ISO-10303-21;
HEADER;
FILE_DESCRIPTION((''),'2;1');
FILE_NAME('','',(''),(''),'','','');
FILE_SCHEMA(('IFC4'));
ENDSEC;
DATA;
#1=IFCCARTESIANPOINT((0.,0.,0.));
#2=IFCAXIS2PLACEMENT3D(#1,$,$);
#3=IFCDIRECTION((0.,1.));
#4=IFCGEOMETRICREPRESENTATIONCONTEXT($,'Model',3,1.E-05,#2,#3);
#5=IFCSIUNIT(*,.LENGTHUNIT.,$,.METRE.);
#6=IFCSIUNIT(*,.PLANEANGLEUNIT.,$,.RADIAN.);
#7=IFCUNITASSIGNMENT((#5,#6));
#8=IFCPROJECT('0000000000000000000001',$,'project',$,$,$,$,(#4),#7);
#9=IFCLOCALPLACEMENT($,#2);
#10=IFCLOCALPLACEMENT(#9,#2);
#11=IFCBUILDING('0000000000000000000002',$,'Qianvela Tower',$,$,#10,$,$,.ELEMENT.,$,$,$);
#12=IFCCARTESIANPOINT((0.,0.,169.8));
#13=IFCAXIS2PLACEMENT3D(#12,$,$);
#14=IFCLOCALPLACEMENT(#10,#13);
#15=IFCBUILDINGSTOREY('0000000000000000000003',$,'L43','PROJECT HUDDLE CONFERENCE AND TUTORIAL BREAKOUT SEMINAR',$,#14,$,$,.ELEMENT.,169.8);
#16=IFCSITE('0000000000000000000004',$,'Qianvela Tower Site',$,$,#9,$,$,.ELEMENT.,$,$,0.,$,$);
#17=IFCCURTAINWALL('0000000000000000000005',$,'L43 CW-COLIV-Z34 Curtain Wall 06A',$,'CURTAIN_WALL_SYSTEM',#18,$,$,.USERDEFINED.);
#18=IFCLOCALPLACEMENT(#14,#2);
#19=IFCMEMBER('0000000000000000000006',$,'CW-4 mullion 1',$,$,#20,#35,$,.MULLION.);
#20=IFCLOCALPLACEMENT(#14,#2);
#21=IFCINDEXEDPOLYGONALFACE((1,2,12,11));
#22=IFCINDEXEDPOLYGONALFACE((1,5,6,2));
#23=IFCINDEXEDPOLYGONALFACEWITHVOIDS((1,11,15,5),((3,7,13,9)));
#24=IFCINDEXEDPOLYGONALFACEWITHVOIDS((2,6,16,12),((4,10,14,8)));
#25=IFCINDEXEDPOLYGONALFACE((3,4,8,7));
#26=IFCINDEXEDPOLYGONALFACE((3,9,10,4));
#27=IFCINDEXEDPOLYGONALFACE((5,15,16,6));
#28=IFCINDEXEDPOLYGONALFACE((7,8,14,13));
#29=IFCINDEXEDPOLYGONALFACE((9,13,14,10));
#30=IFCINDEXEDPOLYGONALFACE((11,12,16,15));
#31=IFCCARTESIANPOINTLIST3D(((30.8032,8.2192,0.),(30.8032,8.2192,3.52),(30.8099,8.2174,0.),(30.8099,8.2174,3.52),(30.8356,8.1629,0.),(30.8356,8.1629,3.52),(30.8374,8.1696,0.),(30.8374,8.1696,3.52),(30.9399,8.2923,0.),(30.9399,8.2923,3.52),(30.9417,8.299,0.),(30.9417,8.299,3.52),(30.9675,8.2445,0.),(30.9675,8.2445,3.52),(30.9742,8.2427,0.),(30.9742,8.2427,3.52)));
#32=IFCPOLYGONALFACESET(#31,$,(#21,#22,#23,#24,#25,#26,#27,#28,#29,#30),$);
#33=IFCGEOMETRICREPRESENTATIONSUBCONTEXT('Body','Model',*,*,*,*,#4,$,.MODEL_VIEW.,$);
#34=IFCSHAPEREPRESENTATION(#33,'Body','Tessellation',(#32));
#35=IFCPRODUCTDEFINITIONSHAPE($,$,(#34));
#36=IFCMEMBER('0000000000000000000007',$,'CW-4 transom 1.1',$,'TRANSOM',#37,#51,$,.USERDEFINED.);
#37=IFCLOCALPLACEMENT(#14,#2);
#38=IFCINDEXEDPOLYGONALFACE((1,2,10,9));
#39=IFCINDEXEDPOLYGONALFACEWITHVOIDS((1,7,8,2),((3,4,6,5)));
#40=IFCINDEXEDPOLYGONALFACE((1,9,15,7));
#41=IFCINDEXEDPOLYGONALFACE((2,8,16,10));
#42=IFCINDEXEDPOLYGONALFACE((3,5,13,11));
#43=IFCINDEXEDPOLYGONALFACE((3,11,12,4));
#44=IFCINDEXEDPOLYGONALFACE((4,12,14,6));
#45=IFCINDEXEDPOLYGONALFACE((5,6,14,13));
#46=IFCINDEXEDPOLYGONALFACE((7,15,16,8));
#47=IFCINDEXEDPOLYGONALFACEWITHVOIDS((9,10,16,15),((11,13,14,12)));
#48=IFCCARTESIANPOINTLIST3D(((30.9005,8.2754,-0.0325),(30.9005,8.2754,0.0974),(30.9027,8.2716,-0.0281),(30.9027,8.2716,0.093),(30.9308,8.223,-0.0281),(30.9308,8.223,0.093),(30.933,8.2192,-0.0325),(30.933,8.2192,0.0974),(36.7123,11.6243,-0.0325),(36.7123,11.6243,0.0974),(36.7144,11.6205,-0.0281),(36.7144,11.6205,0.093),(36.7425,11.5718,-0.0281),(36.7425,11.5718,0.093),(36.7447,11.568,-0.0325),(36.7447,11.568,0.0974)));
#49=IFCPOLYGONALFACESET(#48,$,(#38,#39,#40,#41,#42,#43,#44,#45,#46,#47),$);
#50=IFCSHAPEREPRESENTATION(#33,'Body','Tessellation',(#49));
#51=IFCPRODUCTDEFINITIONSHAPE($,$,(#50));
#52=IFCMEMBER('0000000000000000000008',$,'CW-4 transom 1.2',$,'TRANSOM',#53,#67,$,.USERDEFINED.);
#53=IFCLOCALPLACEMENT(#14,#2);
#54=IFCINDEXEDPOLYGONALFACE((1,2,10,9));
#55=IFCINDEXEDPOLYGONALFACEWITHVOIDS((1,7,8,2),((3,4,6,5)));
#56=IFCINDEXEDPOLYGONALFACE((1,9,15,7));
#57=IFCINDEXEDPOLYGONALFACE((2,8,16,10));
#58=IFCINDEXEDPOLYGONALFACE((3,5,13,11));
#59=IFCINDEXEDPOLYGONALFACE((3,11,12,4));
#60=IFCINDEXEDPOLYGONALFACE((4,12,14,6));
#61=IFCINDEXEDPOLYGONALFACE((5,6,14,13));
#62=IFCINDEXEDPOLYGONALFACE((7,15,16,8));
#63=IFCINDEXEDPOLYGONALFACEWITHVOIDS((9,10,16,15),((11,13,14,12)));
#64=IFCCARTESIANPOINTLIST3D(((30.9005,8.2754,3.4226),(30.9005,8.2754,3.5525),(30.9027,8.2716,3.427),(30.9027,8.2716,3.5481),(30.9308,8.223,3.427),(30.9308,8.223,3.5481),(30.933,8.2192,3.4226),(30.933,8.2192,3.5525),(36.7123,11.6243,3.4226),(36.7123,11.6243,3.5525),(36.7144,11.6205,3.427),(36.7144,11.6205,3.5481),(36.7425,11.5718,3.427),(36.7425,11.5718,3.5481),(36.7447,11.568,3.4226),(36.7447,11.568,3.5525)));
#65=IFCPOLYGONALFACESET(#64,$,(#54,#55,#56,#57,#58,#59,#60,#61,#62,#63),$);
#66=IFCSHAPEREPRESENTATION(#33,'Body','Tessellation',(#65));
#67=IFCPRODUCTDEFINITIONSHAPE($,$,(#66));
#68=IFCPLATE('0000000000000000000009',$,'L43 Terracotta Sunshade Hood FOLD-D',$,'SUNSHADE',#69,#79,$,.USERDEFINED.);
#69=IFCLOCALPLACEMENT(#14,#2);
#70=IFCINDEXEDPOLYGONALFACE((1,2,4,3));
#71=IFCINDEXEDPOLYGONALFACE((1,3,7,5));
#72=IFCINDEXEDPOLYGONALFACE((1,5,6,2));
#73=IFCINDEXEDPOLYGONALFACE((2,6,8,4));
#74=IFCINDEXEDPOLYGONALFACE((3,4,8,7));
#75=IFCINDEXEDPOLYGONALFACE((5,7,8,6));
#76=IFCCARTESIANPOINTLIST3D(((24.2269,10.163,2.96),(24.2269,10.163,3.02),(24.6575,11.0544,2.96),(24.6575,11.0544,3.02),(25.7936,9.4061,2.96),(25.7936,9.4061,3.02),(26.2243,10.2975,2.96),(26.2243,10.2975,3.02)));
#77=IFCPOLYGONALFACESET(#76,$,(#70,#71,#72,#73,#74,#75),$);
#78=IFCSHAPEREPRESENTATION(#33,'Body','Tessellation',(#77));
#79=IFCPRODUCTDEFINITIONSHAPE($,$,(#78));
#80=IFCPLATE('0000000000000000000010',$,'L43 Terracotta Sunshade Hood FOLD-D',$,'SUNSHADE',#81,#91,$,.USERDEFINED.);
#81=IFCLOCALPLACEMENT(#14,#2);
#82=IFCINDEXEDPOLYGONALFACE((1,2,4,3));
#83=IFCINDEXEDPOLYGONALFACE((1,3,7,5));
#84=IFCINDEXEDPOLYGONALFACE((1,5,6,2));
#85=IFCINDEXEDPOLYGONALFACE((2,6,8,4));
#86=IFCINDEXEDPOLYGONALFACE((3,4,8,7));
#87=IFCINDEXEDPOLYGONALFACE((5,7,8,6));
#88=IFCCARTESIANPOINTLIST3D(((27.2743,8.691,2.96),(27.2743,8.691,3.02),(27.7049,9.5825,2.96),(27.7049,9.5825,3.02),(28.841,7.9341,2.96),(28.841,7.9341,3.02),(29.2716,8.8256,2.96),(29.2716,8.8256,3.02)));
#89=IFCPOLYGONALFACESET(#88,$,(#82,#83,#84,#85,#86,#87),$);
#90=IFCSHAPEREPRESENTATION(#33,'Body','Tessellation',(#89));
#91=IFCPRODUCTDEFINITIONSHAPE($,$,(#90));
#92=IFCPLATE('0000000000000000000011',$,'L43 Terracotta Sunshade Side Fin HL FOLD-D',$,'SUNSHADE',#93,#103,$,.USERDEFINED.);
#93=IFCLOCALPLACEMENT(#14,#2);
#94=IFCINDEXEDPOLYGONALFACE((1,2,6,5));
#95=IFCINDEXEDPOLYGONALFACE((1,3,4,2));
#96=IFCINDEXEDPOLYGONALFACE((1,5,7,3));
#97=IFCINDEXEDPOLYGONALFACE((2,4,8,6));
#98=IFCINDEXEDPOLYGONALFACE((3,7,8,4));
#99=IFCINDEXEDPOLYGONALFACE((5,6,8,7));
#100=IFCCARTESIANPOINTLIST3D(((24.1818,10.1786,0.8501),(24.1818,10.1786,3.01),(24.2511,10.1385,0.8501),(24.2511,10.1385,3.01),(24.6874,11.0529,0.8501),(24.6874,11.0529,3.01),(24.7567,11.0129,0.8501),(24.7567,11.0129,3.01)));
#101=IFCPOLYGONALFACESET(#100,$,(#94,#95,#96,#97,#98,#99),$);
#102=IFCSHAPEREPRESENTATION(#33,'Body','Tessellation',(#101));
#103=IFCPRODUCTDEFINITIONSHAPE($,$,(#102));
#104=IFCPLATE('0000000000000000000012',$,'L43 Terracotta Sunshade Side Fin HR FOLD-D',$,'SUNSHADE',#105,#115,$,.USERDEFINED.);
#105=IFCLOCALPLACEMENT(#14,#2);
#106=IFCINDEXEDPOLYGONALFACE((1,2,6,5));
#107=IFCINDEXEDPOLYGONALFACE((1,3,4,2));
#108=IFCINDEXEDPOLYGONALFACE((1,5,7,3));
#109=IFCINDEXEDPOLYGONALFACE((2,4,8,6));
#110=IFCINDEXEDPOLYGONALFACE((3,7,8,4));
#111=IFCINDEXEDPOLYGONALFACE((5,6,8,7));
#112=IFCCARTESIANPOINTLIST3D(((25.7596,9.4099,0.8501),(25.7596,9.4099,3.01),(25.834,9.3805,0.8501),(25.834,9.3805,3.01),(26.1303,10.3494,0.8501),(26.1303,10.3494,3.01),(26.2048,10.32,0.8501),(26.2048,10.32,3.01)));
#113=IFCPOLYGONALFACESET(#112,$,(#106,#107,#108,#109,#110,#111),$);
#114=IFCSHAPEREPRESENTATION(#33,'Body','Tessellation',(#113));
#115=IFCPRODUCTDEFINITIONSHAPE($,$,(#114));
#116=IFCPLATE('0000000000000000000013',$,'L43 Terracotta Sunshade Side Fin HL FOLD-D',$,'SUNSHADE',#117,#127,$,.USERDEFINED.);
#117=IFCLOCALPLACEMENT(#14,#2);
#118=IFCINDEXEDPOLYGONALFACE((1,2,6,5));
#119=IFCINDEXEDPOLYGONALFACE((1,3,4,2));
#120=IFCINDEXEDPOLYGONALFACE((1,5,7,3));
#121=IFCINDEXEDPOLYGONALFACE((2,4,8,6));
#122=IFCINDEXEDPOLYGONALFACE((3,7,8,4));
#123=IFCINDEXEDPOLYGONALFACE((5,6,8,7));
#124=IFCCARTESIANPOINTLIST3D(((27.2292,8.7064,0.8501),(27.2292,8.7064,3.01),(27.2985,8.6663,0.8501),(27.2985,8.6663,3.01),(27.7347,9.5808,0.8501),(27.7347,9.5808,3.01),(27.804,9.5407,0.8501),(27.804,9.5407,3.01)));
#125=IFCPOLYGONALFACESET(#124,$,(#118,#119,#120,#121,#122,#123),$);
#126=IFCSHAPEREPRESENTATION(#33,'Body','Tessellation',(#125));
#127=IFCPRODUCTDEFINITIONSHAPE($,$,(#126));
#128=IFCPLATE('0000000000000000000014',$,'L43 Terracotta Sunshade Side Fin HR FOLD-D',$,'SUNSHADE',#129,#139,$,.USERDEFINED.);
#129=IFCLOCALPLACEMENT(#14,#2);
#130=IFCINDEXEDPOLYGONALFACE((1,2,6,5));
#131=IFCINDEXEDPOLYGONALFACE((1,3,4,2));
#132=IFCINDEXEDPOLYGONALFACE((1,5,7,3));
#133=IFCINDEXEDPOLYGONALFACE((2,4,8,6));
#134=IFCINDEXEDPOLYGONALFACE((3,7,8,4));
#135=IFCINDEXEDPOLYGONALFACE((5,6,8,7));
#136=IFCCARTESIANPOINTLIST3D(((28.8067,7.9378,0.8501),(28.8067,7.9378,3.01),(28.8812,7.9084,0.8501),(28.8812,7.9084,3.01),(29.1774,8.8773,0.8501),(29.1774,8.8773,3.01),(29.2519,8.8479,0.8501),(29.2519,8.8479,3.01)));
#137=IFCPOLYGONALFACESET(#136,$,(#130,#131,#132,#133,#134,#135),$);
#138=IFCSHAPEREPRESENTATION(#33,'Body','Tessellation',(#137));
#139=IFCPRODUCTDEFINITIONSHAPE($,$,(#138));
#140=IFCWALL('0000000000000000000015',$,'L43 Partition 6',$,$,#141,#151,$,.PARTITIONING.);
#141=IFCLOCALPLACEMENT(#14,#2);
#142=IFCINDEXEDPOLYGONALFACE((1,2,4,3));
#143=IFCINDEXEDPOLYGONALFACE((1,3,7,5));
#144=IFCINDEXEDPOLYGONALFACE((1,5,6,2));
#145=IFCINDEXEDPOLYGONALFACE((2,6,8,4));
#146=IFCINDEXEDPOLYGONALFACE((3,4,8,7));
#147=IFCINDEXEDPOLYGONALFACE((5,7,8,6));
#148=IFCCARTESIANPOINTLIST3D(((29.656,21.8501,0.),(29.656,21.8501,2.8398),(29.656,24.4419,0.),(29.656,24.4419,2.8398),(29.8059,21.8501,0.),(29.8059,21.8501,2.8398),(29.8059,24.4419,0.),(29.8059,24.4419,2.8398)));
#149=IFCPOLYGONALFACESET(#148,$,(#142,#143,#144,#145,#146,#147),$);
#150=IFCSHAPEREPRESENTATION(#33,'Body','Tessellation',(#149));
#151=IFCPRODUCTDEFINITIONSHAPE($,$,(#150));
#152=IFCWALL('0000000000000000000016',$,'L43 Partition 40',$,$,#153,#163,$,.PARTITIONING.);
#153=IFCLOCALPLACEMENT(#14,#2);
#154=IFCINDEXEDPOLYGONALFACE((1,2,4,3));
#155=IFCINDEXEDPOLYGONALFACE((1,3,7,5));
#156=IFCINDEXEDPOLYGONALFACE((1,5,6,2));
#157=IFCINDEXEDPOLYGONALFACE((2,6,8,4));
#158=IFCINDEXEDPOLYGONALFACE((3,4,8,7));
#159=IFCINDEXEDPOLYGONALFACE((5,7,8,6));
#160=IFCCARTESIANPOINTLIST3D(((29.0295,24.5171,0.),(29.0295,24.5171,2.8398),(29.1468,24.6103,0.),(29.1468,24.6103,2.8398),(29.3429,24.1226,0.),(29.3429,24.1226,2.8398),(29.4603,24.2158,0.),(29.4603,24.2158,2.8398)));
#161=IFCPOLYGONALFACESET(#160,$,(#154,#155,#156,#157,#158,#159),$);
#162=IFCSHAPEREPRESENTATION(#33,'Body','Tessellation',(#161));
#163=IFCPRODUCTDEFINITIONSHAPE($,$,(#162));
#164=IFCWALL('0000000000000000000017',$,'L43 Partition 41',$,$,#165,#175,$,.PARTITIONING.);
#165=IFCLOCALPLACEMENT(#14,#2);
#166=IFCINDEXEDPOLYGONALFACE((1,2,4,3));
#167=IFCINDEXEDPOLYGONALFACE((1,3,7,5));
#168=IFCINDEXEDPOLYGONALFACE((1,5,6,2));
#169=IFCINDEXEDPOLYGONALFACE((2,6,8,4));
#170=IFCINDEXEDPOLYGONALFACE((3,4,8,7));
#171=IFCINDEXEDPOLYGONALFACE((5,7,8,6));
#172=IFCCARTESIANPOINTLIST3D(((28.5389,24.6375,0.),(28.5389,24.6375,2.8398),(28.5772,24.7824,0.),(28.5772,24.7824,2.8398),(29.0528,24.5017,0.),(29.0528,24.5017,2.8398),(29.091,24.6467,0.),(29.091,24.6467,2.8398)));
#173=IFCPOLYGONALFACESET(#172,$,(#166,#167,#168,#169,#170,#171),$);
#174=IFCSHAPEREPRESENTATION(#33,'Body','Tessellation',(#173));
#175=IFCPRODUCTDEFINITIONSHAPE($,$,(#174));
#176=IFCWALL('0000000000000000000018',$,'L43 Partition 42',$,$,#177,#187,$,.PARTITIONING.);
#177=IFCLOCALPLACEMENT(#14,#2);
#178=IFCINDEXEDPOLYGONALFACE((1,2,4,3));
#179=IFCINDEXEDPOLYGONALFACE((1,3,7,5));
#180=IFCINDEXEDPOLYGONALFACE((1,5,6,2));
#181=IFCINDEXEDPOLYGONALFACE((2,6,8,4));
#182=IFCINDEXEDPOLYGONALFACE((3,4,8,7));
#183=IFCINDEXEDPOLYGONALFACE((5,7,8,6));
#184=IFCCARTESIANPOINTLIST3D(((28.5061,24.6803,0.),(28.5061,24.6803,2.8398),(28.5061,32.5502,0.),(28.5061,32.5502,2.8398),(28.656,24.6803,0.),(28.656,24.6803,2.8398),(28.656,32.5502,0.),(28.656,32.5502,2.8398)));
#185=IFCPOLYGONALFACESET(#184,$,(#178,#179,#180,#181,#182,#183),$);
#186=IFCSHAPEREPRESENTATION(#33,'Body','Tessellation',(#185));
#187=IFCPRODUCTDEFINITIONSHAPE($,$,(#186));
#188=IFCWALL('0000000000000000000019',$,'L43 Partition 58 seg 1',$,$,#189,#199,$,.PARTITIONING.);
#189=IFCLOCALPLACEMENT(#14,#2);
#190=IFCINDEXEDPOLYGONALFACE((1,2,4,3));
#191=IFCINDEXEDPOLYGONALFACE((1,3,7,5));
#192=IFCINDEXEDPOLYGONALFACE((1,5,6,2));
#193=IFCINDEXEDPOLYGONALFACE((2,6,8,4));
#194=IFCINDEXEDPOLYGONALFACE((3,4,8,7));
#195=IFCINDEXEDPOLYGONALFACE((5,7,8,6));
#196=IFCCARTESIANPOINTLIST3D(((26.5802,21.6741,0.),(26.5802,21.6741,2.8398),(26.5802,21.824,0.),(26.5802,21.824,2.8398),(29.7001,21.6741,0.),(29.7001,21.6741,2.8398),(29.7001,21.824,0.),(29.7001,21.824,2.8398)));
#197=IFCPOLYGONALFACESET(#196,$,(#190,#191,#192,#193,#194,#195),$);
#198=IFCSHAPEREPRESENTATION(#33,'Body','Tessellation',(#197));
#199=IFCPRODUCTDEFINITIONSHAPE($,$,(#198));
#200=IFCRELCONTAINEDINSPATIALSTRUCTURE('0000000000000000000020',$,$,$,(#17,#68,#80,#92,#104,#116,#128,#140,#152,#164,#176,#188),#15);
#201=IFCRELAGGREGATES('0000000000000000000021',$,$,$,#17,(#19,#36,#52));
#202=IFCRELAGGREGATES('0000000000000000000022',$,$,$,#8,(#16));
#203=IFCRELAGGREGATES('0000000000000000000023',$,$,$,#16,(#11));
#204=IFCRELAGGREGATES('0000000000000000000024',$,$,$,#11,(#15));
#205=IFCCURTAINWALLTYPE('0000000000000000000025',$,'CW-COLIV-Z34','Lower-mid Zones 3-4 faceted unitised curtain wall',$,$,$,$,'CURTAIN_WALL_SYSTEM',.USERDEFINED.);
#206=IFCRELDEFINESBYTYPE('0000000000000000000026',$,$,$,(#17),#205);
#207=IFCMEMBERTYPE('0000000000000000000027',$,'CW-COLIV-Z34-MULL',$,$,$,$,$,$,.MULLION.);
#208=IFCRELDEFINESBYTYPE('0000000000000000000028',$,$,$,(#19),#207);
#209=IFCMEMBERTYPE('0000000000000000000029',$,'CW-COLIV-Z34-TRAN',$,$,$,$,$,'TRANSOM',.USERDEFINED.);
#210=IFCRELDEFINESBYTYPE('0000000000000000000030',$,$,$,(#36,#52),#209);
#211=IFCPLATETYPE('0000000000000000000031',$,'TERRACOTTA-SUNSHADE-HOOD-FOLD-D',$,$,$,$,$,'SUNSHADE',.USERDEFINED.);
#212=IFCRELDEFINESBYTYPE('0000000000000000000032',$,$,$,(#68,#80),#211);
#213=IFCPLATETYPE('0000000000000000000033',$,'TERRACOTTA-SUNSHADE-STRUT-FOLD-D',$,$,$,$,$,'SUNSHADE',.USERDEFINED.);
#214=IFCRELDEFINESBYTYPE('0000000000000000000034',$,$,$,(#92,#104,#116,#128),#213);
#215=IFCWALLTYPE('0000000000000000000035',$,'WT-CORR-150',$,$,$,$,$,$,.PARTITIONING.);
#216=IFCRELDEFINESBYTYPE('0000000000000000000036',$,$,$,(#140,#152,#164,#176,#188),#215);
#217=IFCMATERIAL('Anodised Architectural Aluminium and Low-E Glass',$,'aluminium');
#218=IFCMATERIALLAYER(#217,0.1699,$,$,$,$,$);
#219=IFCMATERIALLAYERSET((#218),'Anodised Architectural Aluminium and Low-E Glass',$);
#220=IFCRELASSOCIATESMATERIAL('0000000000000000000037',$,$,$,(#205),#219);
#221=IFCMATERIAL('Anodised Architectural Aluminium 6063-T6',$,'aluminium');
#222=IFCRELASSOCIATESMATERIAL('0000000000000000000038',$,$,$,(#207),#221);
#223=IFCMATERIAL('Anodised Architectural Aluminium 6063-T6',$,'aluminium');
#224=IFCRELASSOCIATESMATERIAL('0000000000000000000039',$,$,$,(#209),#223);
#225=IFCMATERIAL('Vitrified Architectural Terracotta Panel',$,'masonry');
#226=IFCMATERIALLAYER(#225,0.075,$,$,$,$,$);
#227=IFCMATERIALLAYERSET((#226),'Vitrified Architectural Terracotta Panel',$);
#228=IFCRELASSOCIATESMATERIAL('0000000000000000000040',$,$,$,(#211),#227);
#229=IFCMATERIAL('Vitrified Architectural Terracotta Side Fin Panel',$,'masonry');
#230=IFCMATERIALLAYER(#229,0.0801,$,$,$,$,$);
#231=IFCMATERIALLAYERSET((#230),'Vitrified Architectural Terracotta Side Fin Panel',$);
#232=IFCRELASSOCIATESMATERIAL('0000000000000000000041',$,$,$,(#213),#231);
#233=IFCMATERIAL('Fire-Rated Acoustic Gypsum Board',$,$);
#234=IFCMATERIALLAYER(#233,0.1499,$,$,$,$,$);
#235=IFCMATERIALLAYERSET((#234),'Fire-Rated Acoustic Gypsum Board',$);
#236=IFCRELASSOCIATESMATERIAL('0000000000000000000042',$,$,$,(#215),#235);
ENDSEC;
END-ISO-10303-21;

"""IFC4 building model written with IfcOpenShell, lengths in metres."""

from ifc_helpers import new_model, si_unit, direction, frame, frame_2d, origin, origin_2d, place, context, subcontext, project, spatial, rectangle, hollow_rectangle, extrude, material, layer, layer_set, material_profile, profile_set, type_object, element, aggregate, save


model = new_model("IFC4")

# Units and contexts
model_context = context("Model", 3, precision=1e-05, world=origin(), true_north=direction((0.0, 1.0)))
body_context = subcontext(model_context, "Body", "Model", "MODEL_VIEW")
ifc_project = project(units=[si_unit("LENGTHUNIT", "METRE"), si_unit("PLANEANGLEUNIT", "RADIAN")], contexts=[model_context])

# Site, building, storey
site_placement = place(None, origin())
site = spatial("IfcSite", under=ifc_project, at=site_placement, Name="Qianvela Tower Site", CompositionType="ELEMENT", RefElevation=0.0)
building_placement = place(site_placement, origin())
building = spatial("IfcBuilding", under=site, at=building_placement, Name="Qianvela Tower", CompositionType="ELEMENT")
storey_placement = place(building_placement, frame((0.0, 0.0, 169.8)))
storey = spatial("IfcBuildingStorey", under=building, at=storey_placement, Name="L43", Description="PROJECT HUDDLE CONFERENCE AND TUTORIAL BREAKOUT SEMINAR", CompositionType="ELEMENT", Elevation=169.8)

# Curtain wall, members
ifc_material_1 = material(Name="Anodised Architectural Aluminium and Low-E Glass", Category="aluminium")
ifc_layer_1 = layer(ifc_material_1, 0.1699)
ifc_layer_set_1 = layer_set([ifc_layer_1], Name="Anodised Architectural Aluminium and Low-E Glass")
curtain_wall_type = type_object("IfcCurtainWallType", Name="CW-COLIV-Z34", Description="Lower-mid Zones 3-4 faceted unitised curtain wall", ElementType="CURTAIN_WALL_SYSTEM", PredefinedType="USERDEFINED", material=ifc_layer_set_1)
curtain_wall_placement = place(storey_placement, origin())
curtain_wall = element("IfcCurtainWall", 1, at=curtain_wall_placement, inside=storey, type_object=curtain_wall_type, Name="L43 CW-COLIV-Z34 Curtain Wall 06A", ObjectType="CURTAIN_WALL_SYSTEM", PredefinedType="USERDEFINED")
ifc_material_2 = material(Name="Anodised Architectural Aluminium 6063-T6", Category="aluminium")
ifc_material_profile_1 = material_profile(ifc_material_2, hollow_rectangle(XDim=0.0649, YDim=0.1599, WallThickness=0.0049, at=origin_2d()), Name="ALU-MULL-65x160")
ifc_profile_set_1 = profile_set([ifc_material_profile_1], Name="Anodised Architectural Aluminium 6063-T6")
member_type_1 = type_object("IfcMemberType", Name="CW-COLIV-Z34-MULL", PredefinedType="MULLION", material=ifc_profile_set_1)
member_1_placement = place(storey_placement, frame((30.8887, 8.231, 0.0), z_axis=(0.0, 0.0, 1.0), x_axis=(-0.499287, 0.866436, 0.0)))
member_1 = element("IfcMember", 2, at=member_1_placement, type_object=member_type_1, Name="CW-4 mullion 1", PredefinedType="MULLION", context=body_context, shape_type="SweptSolid", body=[
    extrude(hollow_rectangle(XDim=0.0649, YDim=0.1599, WallThickness=0.0049, at=origin_2d()), origin(), (0.0, 0.0, 1.0), 3.52),
])
ifc_material_3 = material(Name="Anodised Architectural Aluminium 6063-T6", Category="aluminium")
ifc_material_profile_2 = material_profile(ifc_material_3, hollow_rectangle(XDim=0.0649, YDim=0.1299, WallThickness=0.0044, at=origin_2d()), Name="ALU-TRAN-65x130")
ifc_profile_set_2 = profile_set([ifc_material_profile_2], Name="Anodised Architectural Aluminium 6063-T6")
member_type_2 = type_object("IfcMemberType", Name="CW-COLIV-Z34-TRAN", ElementType="TRANSOM", PredefinedType="USERDEFINED", material=ifc_profile_set_2)
member_2_placement = place(storey_placement, frame((30.9167, 8.2473, 0.0325), z_axis=(0.866448, 0.499268, 0.0), x_axis=(-0.499268, 0.866448, 0.0)))
member_2 = element("IfcMember", 3, at=member_2_placement, type_object=member_type_2, Name="CW-4 transom 1.1", ObjectType="TRANSOM", PredefinedType="USERDEFINED", context=body_context, shape_type="SweptSolid", body=[
    extrude(hollow_rectangle(XDim=0.0649, YDim=0.1299, WallThickness=0.0044, at=origin_2d()), origin(), (0.0, 0.0, 1.0), 6.7075),
])
member_3_placement = place(storey_placement, frame((30.9167, 8.2473, 3.4875), z_axis=(0.866448, 0.499268, 0.0), x_axis=(-0.499268, 0.866448, 0.0)))
member_3 = element("IfcMember", 4, at=member_3_placement, type_object=member_type_2, Name="CW-4 transom 1.2", ObjectType="TRANSOM", PredefinedType="USERDEFINED", context=body_context, shape_type="SweptSolid", body=[
    extrude(hollow_rectangle(XDim=0.0649, YDim=0.1299, WallThickness=0.0044, at=origin_2d()), origin(), (0.0, 0.0, 1.0), 6.7075),
])
aggregate(curtain_wall, [member_1, member_2, member_3])

# Plates
ifc_material_4 = material(Name="Vitrified Architectural Terracotta Panel", Category="masonry")
ifc_layer_2 = layer(ifc_material_4, 0.075)
ifc_layer_set_2 = layer_set([ifc_layer_2], Name="Vitrified Architectural Terracotta Panel")
plate_type_1 = type_object("IfcPlateType", Name="TERRACOTTA-SUNSHADE-HOOD-FOLD-D", ElementType="SUNSHADE", PredefinedType="USERDEFINED", material=ifc_layer_set_2)
for number, where, z_axis, x_axis, name in (
    (5, (25.2256, 10.2302, 2.96), (0.0, 0.0, 1.0), (0.900427, -0.435008, 0.0), "L43 Terracotta Sunshade Hood FOLD-D"),
    (6, (28.2729, 8.7583, 2.96), (0.0, 0.0, 1.0), (0.900427, -0.435008, 0.0), "L43 Terracotta Sunshade Hood FOLD-D"),
):
    element("IfcPlate", number, at=place(storey_placement, frame(where, z_axis=z_axis, x_axis=x_axis)), inside=storey, type_object=plate_type_1, Name=name, ObjectType="SUNSHADE", PredefinedType="USERDEFINED", context=body_context, shape_type="SweptSolid", body=[
        extrude(rectangle(XDim=1.74, YDim=0.99, at=origin_2d()), origin(), (0.0, 0.0, 1.0), 0.0601),
    ])
ifc_material_5 = material(Name="Vitrified Architectural Terracotta Side Fin Panel", Category="masonry")
ifc_layer_3 = layer(ifc_material_5, 0.0801)
ifc_layer_set_3 = layer_set([ifc_layer_3], Name="Vitrified Architectural Terracotta Side Fin Panel")
plate_type_2 = type_object("IfcPlateType", Name="TERRACOTTA-SUNSHADE-STRUT-FOLD-D", ElementType="SUNSHADE", PredefinedType="USERDEFINED", material=ifc_layer_set_3)
for number, where, z_axis, x_axis, name in (
    (7, (24.4692, 10.5957, 0.8501), (0.0, 0.0, 1.0), (0.865713, -0.500541, 0.0), "L43 Terracotta Sunshade Side Fin HL FOLD-D"),
    (8, (25.9822, 9.865, 0.8501), (0.0, 0.0, 1.0), (0.930188, -0.367083, 0.0), "L43 Terracotta Sunshade Side Fin HR FOLD-D"),
    (9, (27.5166, 9.1235, 0.8501), (0.0, 0.0, 1.0), (0.865713, -0.500541, 0.0), "L43 Terracotta Sunshade Side Fin HL FOLD-D"),
    (10, (29.0293, 8.3928, 0.8501), (0.0, 0.0, 1.0), (0.930188, -0.367083, 0.0), "L43 Terracotta Sunshade Side Fin HR FOLD-D"),
):
    element("IfcPlate", number, at=place(storey_placement, frame(where, z_axis=z_axis, x_axis=x_axis)), inside=storey, type_object=plate_type_2, Name=name, ObjectType="SUNSHADE", PredefinedType="USERDEFINED", context=body_context, shape_type="SweptSolid", body=[
        extrude(rectangle(XDim=0.0801, YDim=1.01, at=origin_2d()), origin(), (0.0, 0.0, 1.0), 2.1599),
    ])

# Walls
ifc_material_6 = material(Name="Fire-Rated Acoustic Gypsum Board")
ifc_layer_4 = layer(ifc_material_6, 0.1499)
ifc_layer_set_4 = layer_set([ifc_layer_4], Name="Fire-Rated Acoustic Gypsum Board")
wall_type_1 = type_object("IfcWallType", Name="WT-CORR-150", PredefinedType="PARTITIONING", material=ifc_layer_set_4)
wall_1_placement = place(storey_placement, frame((29.731, 21.8501, 0.0), z_axis=(0.0, 0.0, 1.0), x_axis=(0.0, 1.0, 0.0)))
element("IfcWall", 11, at=wall_1_placement, inside=storey, type_object=wall_type_1, Name="L43 Partition 6", PredefinedType="PARTITIONING", context=body_context, shape_type="SweptSolid", body=[
    extrude(rectangle(XDim=2.5918, YDim=0.1499, at=frame_2d((1.2959, 0.0))), origin(), (0.0, 0.0, 1.0), 2.8398),
])
wall_2_placement = place(storey_placement, frame((29.4016, 24.1692, 0.0), z_axis=(0.0, 0.0, 1.0), x_axis=(-0.622092, 0.782944, 0.0)))
element("IfcWall", 12, at=wall_2_placement, inside=storey, type_object=wall_type_1, Name="L43 Partition 40", PredefinedType="PARTITIONING", context=body_context, shape_type="SweptSolid", body=[
    extrude(rectangle(XDim=0.5039, YDim=0.1499, at=frame_2d((0.252, 0.0))), origin(), (0.0, 0.0, 1.0), 2.8398),
])
wall_3_placement = place(storey_placement, frame((29.0718, 24.5742, 0.0), z_axis=(0.0, 0.0, 1.0), x_axis=(-0.966842, 0.255375, 0.0)))
element("IfcWall", 13, at=wall_3_placement, inside=storey, type_object=wall_type_1, Name="L43 Partition 41", PredefinedType="PARTITIONING", context=body_context, shape_type="SweptSolid", body=[
    extrude(rectangle(XDim=0.5315, YDim=0.1499, at=frame_2d((0.2656, 0.0))), origin(), (0.0, 0.0, 1.0), 2.8398),
])
wall_4_placement = place(storey_placement, frame((28.5811, 24.6802, 0.0), z_axis=(0.0, 0.0, 1.0), x_axis=(0.0, 1.0, 0.0)))
element("IfcWall", 14, at=wall_4_placement, inside=storey, type_object=wall_type_1, Name="L43 Partition 42", PredefinedType="PARTITIONING", context=body_context, shape_type="SweptSolid", body=[
    extrude(rectangle(XDim=7.8699, YDim=0.1499, at=frame_2d((3.9351, 0.0))), origin(), (0.0, 0.0, 1.0), 2.8398),
])
wall_5_placement = place(storey_placement, frame((26.5801, 21.749, 0.0), z_axis=(0.0, 0.0, 1.0), x_axis=(1.0, 0.0, 0.0)))
element("IfcWall", 15, at=wall_5_placement, inside=storey, type_object=wall_type_1, Name="L43 Partition 58 seg 1", PredefinedType="PARTITIONING", context=body_context, shape_type="SweptSolid", body=[
    extrude(rectangle(XDim=3.1199, YDim=0.1499, at=frame_2d((1.5601, 0.0))), origin(), (0.0, 0.0, 1.0), 2.8398),
])

save(model, "model.ifc")
